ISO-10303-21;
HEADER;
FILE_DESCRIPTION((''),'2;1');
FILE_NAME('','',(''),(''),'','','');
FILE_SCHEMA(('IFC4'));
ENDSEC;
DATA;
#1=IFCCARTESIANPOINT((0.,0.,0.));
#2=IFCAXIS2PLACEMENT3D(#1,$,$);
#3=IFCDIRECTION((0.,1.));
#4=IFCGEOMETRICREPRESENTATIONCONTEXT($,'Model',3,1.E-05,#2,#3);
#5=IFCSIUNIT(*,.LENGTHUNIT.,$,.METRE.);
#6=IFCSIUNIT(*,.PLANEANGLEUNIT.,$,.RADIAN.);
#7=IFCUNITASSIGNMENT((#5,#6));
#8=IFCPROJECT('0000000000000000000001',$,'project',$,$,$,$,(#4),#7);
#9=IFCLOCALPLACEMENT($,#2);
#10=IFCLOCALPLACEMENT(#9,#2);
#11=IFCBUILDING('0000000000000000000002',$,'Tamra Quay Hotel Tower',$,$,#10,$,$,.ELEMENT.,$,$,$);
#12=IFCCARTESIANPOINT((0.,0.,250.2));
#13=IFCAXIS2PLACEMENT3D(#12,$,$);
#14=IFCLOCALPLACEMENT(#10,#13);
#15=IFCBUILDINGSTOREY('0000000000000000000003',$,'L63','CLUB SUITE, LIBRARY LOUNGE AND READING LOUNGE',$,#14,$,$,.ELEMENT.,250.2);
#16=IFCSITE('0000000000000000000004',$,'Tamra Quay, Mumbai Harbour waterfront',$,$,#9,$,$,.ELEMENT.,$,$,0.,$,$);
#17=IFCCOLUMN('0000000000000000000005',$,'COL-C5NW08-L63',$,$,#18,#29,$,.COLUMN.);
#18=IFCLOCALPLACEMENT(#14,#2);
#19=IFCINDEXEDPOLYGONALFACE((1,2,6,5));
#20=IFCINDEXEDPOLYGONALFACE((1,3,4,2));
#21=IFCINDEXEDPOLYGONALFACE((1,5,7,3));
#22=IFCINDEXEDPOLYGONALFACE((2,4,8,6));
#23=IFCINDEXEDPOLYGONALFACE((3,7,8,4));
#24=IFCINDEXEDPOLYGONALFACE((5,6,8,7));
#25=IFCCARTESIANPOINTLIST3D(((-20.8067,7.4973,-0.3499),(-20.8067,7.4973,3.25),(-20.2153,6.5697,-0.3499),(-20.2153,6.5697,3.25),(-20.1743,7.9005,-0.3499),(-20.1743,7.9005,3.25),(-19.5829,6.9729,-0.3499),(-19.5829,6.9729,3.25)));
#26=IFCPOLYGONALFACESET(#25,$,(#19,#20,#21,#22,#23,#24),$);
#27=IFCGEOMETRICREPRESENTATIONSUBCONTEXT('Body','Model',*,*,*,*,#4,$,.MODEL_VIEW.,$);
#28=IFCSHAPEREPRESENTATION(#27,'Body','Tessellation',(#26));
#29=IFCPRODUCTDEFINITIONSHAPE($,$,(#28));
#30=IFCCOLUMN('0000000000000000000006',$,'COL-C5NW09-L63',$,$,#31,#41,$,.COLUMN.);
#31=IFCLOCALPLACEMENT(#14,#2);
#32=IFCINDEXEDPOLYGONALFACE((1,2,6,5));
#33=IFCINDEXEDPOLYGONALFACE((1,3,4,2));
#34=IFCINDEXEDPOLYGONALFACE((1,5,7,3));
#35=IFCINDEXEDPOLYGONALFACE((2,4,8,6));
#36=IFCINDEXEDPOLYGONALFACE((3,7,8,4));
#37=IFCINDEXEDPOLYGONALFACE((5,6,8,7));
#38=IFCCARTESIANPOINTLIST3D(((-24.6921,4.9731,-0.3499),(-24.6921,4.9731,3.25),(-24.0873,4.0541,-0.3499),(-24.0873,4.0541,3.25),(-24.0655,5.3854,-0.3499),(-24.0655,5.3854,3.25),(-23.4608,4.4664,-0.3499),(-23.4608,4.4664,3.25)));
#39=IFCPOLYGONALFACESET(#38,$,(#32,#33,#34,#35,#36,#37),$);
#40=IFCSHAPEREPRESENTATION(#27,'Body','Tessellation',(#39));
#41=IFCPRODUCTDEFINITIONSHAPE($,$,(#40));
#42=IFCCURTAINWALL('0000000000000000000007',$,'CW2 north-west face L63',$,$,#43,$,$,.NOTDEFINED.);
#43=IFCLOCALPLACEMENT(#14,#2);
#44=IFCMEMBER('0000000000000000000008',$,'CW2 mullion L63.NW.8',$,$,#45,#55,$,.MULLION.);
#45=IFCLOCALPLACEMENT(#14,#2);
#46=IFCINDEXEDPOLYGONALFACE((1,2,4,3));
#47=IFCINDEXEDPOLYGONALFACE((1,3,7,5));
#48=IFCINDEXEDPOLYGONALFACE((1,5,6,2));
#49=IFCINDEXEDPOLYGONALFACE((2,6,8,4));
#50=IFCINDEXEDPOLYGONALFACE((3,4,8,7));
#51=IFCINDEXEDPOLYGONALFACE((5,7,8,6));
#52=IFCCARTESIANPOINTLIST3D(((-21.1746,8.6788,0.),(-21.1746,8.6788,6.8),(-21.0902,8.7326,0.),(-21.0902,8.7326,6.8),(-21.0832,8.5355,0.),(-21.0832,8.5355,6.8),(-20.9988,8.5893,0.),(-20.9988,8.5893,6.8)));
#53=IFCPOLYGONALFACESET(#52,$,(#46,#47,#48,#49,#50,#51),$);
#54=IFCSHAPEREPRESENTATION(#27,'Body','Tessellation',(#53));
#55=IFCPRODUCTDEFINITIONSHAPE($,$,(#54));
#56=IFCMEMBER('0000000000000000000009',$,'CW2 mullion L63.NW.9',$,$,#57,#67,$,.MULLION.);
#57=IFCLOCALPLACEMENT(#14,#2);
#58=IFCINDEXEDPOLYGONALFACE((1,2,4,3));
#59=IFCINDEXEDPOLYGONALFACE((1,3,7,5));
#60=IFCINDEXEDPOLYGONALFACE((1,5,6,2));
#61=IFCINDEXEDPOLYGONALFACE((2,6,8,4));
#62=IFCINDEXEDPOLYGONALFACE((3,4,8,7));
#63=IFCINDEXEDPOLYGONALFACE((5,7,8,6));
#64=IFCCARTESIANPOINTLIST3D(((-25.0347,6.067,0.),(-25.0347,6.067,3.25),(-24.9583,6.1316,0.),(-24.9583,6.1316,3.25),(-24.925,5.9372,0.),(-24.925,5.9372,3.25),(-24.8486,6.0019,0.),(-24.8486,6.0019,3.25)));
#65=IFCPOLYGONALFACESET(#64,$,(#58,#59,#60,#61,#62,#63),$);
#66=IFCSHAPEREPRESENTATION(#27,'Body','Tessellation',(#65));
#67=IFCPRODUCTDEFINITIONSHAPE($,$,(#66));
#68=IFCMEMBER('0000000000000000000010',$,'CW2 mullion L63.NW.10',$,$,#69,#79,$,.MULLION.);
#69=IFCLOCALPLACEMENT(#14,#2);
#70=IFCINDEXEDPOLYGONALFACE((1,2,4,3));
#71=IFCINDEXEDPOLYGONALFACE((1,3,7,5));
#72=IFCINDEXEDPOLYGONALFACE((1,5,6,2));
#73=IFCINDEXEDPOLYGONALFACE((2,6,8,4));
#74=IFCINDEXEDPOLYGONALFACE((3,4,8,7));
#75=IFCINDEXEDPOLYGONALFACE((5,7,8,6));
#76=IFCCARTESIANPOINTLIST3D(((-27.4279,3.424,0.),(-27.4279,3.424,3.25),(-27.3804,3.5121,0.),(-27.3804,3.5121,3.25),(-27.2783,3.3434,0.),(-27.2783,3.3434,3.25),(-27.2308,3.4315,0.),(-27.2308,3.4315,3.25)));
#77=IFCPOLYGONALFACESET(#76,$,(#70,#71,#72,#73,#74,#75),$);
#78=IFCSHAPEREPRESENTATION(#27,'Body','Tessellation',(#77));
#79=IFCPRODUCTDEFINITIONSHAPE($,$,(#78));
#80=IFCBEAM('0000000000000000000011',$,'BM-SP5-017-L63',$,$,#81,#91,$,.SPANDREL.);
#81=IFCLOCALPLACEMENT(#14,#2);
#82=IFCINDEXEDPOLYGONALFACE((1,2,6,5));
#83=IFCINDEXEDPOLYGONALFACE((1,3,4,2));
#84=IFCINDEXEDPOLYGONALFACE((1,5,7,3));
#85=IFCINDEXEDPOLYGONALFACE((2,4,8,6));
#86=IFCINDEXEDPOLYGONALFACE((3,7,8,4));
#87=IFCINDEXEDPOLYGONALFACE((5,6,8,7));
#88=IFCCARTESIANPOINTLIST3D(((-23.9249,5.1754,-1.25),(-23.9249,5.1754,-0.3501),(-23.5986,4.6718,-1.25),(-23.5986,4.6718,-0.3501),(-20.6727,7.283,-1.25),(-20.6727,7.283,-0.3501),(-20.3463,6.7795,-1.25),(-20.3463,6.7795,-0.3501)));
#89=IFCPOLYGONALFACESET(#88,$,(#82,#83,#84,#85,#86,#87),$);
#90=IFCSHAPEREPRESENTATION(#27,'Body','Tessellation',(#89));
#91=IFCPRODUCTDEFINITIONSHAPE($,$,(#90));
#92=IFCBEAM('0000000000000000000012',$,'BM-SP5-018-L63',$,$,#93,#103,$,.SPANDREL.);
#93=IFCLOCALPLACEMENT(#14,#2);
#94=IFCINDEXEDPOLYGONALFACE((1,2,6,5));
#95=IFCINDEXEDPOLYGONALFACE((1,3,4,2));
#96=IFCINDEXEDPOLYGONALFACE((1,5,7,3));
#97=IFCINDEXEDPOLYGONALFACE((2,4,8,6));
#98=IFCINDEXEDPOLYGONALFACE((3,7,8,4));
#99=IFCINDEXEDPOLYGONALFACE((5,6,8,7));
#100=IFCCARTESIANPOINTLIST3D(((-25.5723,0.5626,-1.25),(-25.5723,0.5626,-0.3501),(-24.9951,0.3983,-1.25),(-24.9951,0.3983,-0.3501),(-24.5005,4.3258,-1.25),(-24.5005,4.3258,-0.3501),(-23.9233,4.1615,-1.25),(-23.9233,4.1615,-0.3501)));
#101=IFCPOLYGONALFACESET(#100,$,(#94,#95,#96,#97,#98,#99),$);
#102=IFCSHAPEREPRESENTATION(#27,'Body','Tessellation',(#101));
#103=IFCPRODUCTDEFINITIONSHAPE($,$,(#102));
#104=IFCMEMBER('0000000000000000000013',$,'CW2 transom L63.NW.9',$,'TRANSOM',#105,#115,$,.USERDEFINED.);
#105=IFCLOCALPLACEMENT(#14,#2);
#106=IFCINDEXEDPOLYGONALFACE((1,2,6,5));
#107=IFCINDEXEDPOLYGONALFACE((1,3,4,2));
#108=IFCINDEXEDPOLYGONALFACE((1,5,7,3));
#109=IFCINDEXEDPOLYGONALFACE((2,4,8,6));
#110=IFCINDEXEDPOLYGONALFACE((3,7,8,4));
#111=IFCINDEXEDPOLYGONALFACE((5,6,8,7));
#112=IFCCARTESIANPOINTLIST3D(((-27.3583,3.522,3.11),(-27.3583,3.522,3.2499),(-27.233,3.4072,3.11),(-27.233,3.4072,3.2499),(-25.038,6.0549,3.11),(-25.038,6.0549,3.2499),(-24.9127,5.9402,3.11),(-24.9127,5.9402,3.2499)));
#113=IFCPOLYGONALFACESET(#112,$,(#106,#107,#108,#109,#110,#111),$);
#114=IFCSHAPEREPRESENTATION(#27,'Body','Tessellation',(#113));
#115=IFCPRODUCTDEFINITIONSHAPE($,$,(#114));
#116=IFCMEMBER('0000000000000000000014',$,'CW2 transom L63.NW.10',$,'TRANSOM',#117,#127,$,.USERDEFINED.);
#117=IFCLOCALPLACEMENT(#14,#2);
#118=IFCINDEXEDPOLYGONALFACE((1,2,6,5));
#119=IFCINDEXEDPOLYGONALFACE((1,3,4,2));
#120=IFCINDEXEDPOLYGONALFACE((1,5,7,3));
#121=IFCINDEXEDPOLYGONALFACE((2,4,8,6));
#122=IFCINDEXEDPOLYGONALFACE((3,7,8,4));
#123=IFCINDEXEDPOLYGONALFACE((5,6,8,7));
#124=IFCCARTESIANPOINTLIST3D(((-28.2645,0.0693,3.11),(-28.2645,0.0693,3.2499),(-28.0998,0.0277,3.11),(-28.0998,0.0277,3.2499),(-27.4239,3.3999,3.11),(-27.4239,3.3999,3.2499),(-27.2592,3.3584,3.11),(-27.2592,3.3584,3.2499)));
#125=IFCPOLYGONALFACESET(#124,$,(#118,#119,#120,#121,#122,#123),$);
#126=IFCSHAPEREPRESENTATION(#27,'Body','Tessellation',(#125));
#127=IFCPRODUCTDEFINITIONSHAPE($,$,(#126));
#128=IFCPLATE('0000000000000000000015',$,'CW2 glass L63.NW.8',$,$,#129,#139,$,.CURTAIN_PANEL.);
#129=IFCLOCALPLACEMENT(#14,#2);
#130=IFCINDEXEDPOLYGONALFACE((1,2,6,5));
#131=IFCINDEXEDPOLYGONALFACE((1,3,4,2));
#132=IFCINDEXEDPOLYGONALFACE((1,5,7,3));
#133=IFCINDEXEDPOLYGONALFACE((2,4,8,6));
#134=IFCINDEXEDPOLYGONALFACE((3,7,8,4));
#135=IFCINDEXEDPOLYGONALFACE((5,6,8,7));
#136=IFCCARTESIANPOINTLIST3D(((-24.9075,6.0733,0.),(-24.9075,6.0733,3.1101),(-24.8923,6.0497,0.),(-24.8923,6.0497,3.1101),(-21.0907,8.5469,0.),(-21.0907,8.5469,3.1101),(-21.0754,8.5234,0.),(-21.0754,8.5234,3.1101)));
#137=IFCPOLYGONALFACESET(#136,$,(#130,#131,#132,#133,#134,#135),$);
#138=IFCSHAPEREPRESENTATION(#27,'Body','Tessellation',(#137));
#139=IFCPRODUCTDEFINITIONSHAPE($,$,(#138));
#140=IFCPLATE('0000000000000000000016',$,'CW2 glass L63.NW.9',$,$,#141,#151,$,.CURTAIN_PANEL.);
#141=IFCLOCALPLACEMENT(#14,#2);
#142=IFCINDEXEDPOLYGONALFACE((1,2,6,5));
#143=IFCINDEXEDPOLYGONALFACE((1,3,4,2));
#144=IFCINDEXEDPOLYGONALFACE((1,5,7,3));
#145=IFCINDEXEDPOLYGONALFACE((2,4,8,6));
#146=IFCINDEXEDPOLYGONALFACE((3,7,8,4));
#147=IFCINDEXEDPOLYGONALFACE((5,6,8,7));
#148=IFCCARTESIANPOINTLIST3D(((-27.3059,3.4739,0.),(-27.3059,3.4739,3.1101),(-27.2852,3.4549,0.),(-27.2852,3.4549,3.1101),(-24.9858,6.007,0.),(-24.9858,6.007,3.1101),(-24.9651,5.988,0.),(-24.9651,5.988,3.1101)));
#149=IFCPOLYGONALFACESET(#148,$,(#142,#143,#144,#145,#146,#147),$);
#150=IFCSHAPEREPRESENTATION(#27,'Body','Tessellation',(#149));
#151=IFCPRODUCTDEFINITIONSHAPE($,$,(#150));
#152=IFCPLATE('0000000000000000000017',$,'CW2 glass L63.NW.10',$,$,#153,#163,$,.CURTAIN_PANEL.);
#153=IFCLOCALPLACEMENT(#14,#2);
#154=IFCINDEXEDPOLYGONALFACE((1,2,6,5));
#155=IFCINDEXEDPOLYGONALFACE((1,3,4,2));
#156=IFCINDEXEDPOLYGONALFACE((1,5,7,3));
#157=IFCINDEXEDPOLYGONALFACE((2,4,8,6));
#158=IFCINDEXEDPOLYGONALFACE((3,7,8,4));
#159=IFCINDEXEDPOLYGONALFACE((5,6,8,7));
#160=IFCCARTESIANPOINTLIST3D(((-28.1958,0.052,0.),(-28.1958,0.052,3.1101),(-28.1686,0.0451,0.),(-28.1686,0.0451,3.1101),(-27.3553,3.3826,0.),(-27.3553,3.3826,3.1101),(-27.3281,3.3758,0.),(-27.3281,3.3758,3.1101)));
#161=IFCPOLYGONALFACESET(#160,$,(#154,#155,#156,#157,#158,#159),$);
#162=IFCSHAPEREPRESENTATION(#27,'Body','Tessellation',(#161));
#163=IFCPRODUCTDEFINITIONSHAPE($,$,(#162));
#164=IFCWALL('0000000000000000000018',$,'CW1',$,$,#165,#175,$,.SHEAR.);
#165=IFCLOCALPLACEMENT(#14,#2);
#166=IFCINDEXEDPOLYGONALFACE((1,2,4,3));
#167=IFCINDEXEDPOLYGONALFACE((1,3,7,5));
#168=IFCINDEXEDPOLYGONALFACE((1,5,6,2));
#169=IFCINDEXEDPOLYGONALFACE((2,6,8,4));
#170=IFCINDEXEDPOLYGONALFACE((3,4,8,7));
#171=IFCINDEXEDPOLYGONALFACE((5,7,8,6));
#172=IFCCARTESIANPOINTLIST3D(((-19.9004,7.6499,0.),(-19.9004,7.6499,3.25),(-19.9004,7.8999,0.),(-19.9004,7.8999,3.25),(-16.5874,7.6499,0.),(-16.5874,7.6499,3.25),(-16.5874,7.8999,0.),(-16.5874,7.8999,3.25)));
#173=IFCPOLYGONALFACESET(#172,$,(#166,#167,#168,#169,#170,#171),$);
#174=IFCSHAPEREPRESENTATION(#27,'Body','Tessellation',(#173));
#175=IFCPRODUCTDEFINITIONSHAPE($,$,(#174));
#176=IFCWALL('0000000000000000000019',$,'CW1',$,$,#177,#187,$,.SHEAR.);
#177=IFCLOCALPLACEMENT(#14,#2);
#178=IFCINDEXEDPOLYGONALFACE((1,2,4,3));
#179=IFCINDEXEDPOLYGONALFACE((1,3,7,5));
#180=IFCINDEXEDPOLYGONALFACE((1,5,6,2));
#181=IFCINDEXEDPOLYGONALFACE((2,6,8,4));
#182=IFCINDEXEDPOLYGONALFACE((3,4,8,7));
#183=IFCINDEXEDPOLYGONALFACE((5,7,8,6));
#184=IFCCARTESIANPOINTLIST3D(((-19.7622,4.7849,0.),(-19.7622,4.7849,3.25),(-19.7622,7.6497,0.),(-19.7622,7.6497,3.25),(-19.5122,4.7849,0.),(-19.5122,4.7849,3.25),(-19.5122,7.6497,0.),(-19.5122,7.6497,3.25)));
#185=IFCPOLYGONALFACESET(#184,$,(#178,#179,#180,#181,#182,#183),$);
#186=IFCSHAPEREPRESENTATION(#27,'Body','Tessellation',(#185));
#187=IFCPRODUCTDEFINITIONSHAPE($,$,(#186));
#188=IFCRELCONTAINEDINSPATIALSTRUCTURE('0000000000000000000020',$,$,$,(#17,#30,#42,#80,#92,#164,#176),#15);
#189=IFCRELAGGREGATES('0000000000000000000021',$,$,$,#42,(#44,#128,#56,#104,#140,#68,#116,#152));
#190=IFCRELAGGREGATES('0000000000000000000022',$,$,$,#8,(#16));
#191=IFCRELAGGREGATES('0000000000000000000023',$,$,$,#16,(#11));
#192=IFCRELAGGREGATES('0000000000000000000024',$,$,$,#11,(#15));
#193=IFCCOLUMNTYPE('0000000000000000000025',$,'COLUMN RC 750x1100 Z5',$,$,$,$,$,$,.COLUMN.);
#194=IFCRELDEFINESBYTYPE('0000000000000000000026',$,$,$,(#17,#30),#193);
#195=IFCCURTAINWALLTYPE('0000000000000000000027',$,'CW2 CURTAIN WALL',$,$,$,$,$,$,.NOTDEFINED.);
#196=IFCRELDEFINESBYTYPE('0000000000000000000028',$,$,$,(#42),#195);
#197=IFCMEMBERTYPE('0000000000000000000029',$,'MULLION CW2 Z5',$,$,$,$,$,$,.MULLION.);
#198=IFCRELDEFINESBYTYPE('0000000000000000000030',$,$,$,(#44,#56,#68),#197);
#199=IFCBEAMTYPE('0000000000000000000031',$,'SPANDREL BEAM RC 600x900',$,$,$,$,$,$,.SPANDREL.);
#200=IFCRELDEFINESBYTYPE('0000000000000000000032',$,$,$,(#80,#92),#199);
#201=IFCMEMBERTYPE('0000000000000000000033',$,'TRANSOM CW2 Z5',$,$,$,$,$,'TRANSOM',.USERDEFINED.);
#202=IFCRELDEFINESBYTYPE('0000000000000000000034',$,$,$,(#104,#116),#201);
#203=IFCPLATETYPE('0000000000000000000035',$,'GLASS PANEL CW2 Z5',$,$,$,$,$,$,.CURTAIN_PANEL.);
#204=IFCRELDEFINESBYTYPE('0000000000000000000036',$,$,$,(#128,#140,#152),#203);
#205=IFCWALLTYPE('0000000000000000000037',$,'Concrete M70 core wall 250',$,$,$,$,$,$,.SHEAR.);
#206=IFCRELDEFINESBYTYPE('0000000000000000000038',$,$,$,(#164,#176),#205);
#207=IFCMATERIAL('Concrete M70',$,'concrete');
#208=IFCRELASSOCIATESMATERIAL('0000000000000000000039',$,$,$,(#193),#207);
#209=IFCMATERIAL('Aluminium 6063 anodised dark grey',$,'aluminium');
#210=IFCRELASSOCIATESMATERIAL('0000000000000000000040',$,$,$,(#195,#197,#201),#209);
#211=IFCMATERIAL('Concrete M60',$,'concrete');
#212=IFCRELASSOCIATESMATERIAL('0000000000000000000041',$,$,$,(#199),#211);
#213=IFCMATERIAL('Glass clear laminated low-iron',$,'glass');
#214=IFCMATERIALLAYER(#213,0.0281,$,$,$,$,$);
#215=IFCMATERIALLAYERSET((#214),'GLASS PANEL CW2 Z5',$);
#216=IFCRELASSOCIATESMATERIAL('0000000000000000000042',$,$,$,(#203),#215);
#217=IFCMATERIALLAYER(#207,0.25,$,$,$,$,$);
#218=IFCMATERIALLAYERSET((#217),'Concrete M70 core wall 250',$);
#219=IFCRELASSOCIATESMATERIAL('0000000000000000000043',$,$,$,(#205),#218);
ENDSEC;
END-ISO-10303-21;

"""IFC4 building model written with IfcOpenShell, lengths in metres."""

from ifc_helpers import new_model, si_unit, direction, frame, frame_2d, origin, origin_2d, place, context, subcontext, project, spatial, rectangle, extrude, material, layer, layer_set, material_profile, profile_set, type_object, element, aggregate, save


model = new_model("IFC4")

# Units and contexts
model_context = context("Model", 3, precision=1e-05, world=origin(), true_north=direction((0.0, 1.0)))
body_context = subcontext(model_context, "Body", "Model", "MODEL_VIEW")
ifc_project = project(units=[si_unit("LENGTHUNIT", "METRE"), si_unit("PLANEANGLEUNIT", "RADIAN")], contexts=[model_context])

# Site, building, storey
site_placement = place(None, origin())
site = spatial("IfcSite", under=ifc_project, at=site_placement, Name="Tamra Quay, Mumbai Harbour waterfront", CompositionType="ELEMENT", RefElevation=0.0)
building_placement = place(site_placement, origin())
building = spatial("IfcBuilding", under=site, at=building_placement, Name="Tamra Quay Hotel Tower", CompositionType="ELEMENT")
storey_placement = place(building_placement, frame((0.0, 0.0, 250.2)))
storey = spatial("IfcBuildingStorey", under=building, at=storey_placement, Name="L63", Description="CLUB SUITE, LIBRARY LOUNGE AND READING LOUNGE", CompositionType="ELEMENT", Elevation=250.2)

# Columns
ifc_material_1 = material(Name="Concrete M70", Category="concrete")
ifc_material_profile_1 = material_profile(ifc_material_1, rectangle(XDim=1.1001, YDim=0.75, at=origin_2d()), Name="COLUMN RC 750x1100 Z5")
ifc_profile_set_1 = profile_set([ifc_material_profile_1], Name="Concrete M70")
column_type = type_object("IfcColumnType", Name="COLUMN RC 750x1100 Z5", PredefinedType="COLUMN", material=ifc_profile_set_1)
for number, where, z_axis, x_axis, name in (
    (1, (-20.1948, 7.2351, -0.3499), (0.0, 0.0, 1.0), (-0.537585, 0.843209, 0.0), "COL-C5NW08-L63"),
    (2, (-24.0764, 4.7197, -0.3499), (0.0, 0.0, 1.0), (-0.549739, 0.835337, 0.0), "COL-C5NW09-L63"),
):
    element("IfcColumn", number, at=place(storey_placement, frame(where, z_axis=z_axis, x_axis=x_axis)), inside=storey, type_object=column_type, Name=name, PredefinedType="COLUMN", context=body_context, shape_type="SweptSolid", body=[
        extrude(rectangle(XDim=1.1001, YDim=0.75, at=origin_2d()), origin(), (0.0, 0.0, 1.0), 3.5999),
    ])

# Curtain wall, members
ifc_material_2 = material(Name="Aluminium 6063 anodised dark grey", Category="aluminium")
curtain_wall_type = type_object("IfcCurtainWallType", Name="CW2 CURTAIN WALL", PredefinedType="NOTDEFINED", material=ifc_material_2)
curtain_wall_placement = place(storey_placement, origin())
curtain_wall = element("IfcCurtainWall", 3, at=curtain_wall_placement, inside=storey, type_object=curtain_wall_type, Name="CW2 north-west face L63", PredefinedType="NOTDEFINED")
ifc_material_profile_2 = material_profile(ifc_material_2, rectangle(XDim=0.1699, YDim=0.1001, at=origin_2d()), Name="MULLION 100X170")
ifc_profile_set_2 = profile_set([ifc_material_profile_2], Name="Aluminium 6063 anodised dark grey")
member_type_1 = type_object("IfcMemberType", Name="MULLION CW2 Z5", PredefinedType="MULLION", material=ifc_profile_set_2)
member_1_placement = place(storey_placement, frame((-21.0867, 8.634, 0.0), z_axis=(0.0, 0.0, 1.0), x_axis=(-0.537684, 0.843146, 0.0)))
member_1 = element("IfcMember", 4, at=member_1_placement, type_object=member_type_1, Name="CW2 mullion L63.NW.8", PredefinedType="MULLION", context=body_context, shape_type="SweptSolid", body=[
    extrude(rectangle(XDim=0.1699, YDim=0.1001, at=origin_2d()), origin(), (0.0, 0.0, 1.0), 6.8),
])
member_2_placement = place(storey_placement, frame((-24.9417, 6.0344, 0.0), z_axis=(0.0, 0.0, 1.0), x_axis=(-0.645846, 0.763467, 0.0)))
member_2 = element("IfcMember", 5, at=member_2_placement, type_object=member_type_1, Name="CW2 mullion L63.NW.9", PredefinedType="MULLION", context=body_context, shape_type="SweptSolid", body=[
    extrude(rectangle(XDim=0.1699, YDim=0.1001, at=origin_2d()), origin(), (0.0, 0.0, 1.0), 3.25),
])
member_3_placement = place(storey_placement, frame((-27.3293, 3.4277, 0.0), z_axis=(0.0, 0.0, 1.0), x_axis=(-0.880267, 0.474479, 0.0)))
member_3 = element("IfcMember", 6, at=member_3_placement, type_object=member_type_1, Name="CW2 mullion L63.NW.10", PredefinedType="MULLION", context=body_context, shape_type="SweptSolid", body=[
    extrude(rectangle(XDim=0.1699, YDim=0.1001, at=origin_2d()), origin(), (0.0, 0.0, 1.0), 3.25),
])

# Beams
ifc_material_3 = material(Name="Concrete M60", Category="concrete")
ifc_material_profile_3 = material_profile(ifc_material_3, rectangle(XDim=0.6001, YDim=0.8999, at=origin_2d()), Name="SPANDREL BEAM RC 600x900")
ifc_profile_set_3 = profile_set([ifc_material_profile_3], Name="Concrete M60")
beam_type = type_object("IfcBeamType", Name="SPANDREL BEAM RC 600x900", PredefinedType="SPANDREL", material=ifc_profile_set_3)
beam_1_placement = place(storey_placement, frame((-20.5095, 7.0312, -0.8), z_axis=(-0.839181, -0.543852, 0.0), x_axis=(0.543852, -0.839181, 0.0)))
element("IfcBeam", 7, at=beam_1_placement, inside=storey, type_object=beam_type, Name="BM-SP5-017-L63", PredefinedType="SPANDREL", context=body_context, shape_type="SweptSolid", body=[
    extrude(rectangle(XDim=0.6001, YDim=0.8999, at=origin_2d()), origin(), (0.0, 0.0, 1.0), 3.8755),
])
beam_2_placement = place(storey_placement, frame((-24.2119, 4.2437, -0.8), z_axis=(-0.273913, -0.961754, 0.0), x_axis=(0.961754, -0.273913, 0.0)))
element("IfcBeam", 8, at=beam_2_placement, inside=storey, type_object=beam_type, Name="BM-SP5-018-L63", PredefinedType="SPANDREL", context=body_context, shape_type="SweptSolid", body=[
    extrude(rectangle(XDim=0.6001, YDim=0.8999, at=origin_2d()), origin(), (0.0, 0.0, 1.0), 3.9128),
])

# Members
ifc_material_profile_4 = material_profile(ifc_material_2, rectangle(XDim=0.1699, YDim=0.1399, at=origin_2d()), Name="TRANSOM 170X140")
ifc_profile_set_4 = profile_set([ifc_material_profile_4], Name="Aluminium 6063 anodised dark grey")
member_type_2 = type_object("IfcMemberType", Name="TRANSOM CW2 Z5", ElementType="TRANSOM", PredefinedType="USERDEFINED", material=ifc_profile_set_4)
member_4_placement = place(storey_placement, frame((-24.9753, 5.9976, 3.1799), z_axis=(-0.675477, -0.737381, 0.0), x_axis=(0.737381, -0.675477, 0.0)))
member_4 = element("IfcMember", 9, at=member_4_placement, type_object=member_type_2, Name="CW2 transom L63.NW.9", ObjectType="TRANSOM", PredefinedType="USERDEFINED", context=body_context, shape_type="SweptSolid", body=[
    extrude(rectangle(XDim=0.1699, YDim=0.1399, at=origin_2d()), origin(), (0.0, 0.0, 1.0), 3.4351),
])
member_5_placement = place(storey_placement, frame((-27.3416, 3.3792, 3.1799), z_axis=(-0.244709, -0.969597, 0.0), x_axis=(0.969597, -0.244709, 0.0)))
member_5 = element("IfcMember", 10, at=member_5_placement, type_object=member_type_2, Name="CW2 transom L63.NW.10", ObjectType="TRANSOM", PredefinedType="USERDEFINED", context=body_context, shape_type="SweptSolid", body=[
    extrude(rectangle(XDim=0.1699, YDim=0.1399, at=origin_2d()), origin(), (0.0, 0.0, 1.0), 3.4351),
])

# Plates
ifc_material_4 = material(Name="Glass clear laminated low-iron", Category="glass")
ifc_layer_1 = layer(ifc_material_4, 0.0281)
ifc_layer_set_1 = layer_set([ifc_layer_1], Name="GLASS PANEL CW2 Z5")
plate_type = type_object("IfcPlateType", Name="GLASS PANEL CW2 Z5", PredefinedType="CURTAIN_PANEL", material=ifc_layer_set_1)
plate_1_placement = place(storey_placement, frame((-22.9915, 7.2983, 0.0), z_axis=(0.0, 0.0, 1.0), x_axis=(-0.839179, -0.543856, 0.0)))
plate_1 = element("IfcPlate", 11, at=plate_1_placement, type_object=plate_type, Name="CW2 glass L63.NW.8", PredefinedType="CURTAIN_PANEL", context=body_context, shape_type="SweptSolid", body=[
    extrude(rectangle(XDim=4.5483, YDim=0.0281, at=origin_2d()), origin(), (0.0, 0.0, 1.0), 3.1101),
])
plate_2_placement = place(storey_placement, frame((-26.1355, 4.731, 0.0), z_axis=(0.0, 0.0, 1.0), x_axis=(-0.675438, -0.737417, 0.0)))
plate_2 = element("IfcPlate", 12, at=plate_2_placement, type_object=plate_type, Name="CW2 glass L63.NW.9", PredefinedType="CURTAIN_PANEL", context=body_context, shape_type="SweptSolid", body=[
    extrude(rectangle(XDim=3.4351, YDim=0.0281, at=origin_2d()), origin(), (0.0, 0.0, 1.0), 3.1101),
])
plate_3_placement = place(storey_placement, frame((-27.762, 1.7139, 0.0), z_axis=(0.0, 0.0, 1.0), x_axis=(-0.244677, -0.969605, 0.0)))
plate_3 = element("IfcPlate", 13, at=plate_3_placement, type_object=plate_type, Name="CW2 glass L63.NW.10", PredefinedType="CURTAIN_PANEL", context=body_context, shape_type="SweptSolid", body=[
    extrude(rectangle(XDim=3.4351, YDim=0.0281, at=origin_2d()), origin(), (0.0, 0.0, 1.0), 3.1101),
])
aggregate(curtain_wall, [member_1, plate_1, member_2, member_4, plate_2, member_3, member_5, plate_3])

# Walls
ifc_layer_2 = layer(ifc_material_1, 0.25)
ifc_layer_set_2 = layer_set([ifc_layer_2], Name="Concrete M70 core wall 250")
wall_type_1 = type_object("IfcWallType", Name="Concrete M70 core wall 250", PredefinedType="SHEAR", material=ifc_layer_set_2)
wall_1_placement = place(storey_placement, frame((-19.9004, 7.7749, 0.0), z_axis=(0.0, 0.0, 1.0), x_axis=(1.0, 0.0, 0.0)))
element("IfcWall", 14, at=wall_1_placement, inside=storey, type_object=wall_type_1, Name="CW1", PredefinedType="SHEAR", context=body_context, shape_type="SweptSolid", body=[
    extrude(rectangle(XDim=3.313, YDim=0.25, at=frame_2d((1.6565, 0.0))), origin(), (0.0, 0.0, 1.0), 3.25),
])
wall_2_placement = place(storey_placement, frame((-19.6372, 4.7849, 0.0), z_axis=(0.0, 0.0, 1.0), x_axis=(0.0, 1.0, 0.0)))
element("IfcWall", 15, at=wall_2_placement, inside=storey, type_object=wall_type_1, Name="CW1", PredefinedType="SHEAR", context=body_context, shape_type="SweptSolid", body=[
    extrude(rectangle(XDim=2.8647, YDim=0.25, at=frame_2d((1.4324, 0.0))), origin(), (0.0, 0.0, 1.0), 3.25),
])

save(model, "model.ifc")
